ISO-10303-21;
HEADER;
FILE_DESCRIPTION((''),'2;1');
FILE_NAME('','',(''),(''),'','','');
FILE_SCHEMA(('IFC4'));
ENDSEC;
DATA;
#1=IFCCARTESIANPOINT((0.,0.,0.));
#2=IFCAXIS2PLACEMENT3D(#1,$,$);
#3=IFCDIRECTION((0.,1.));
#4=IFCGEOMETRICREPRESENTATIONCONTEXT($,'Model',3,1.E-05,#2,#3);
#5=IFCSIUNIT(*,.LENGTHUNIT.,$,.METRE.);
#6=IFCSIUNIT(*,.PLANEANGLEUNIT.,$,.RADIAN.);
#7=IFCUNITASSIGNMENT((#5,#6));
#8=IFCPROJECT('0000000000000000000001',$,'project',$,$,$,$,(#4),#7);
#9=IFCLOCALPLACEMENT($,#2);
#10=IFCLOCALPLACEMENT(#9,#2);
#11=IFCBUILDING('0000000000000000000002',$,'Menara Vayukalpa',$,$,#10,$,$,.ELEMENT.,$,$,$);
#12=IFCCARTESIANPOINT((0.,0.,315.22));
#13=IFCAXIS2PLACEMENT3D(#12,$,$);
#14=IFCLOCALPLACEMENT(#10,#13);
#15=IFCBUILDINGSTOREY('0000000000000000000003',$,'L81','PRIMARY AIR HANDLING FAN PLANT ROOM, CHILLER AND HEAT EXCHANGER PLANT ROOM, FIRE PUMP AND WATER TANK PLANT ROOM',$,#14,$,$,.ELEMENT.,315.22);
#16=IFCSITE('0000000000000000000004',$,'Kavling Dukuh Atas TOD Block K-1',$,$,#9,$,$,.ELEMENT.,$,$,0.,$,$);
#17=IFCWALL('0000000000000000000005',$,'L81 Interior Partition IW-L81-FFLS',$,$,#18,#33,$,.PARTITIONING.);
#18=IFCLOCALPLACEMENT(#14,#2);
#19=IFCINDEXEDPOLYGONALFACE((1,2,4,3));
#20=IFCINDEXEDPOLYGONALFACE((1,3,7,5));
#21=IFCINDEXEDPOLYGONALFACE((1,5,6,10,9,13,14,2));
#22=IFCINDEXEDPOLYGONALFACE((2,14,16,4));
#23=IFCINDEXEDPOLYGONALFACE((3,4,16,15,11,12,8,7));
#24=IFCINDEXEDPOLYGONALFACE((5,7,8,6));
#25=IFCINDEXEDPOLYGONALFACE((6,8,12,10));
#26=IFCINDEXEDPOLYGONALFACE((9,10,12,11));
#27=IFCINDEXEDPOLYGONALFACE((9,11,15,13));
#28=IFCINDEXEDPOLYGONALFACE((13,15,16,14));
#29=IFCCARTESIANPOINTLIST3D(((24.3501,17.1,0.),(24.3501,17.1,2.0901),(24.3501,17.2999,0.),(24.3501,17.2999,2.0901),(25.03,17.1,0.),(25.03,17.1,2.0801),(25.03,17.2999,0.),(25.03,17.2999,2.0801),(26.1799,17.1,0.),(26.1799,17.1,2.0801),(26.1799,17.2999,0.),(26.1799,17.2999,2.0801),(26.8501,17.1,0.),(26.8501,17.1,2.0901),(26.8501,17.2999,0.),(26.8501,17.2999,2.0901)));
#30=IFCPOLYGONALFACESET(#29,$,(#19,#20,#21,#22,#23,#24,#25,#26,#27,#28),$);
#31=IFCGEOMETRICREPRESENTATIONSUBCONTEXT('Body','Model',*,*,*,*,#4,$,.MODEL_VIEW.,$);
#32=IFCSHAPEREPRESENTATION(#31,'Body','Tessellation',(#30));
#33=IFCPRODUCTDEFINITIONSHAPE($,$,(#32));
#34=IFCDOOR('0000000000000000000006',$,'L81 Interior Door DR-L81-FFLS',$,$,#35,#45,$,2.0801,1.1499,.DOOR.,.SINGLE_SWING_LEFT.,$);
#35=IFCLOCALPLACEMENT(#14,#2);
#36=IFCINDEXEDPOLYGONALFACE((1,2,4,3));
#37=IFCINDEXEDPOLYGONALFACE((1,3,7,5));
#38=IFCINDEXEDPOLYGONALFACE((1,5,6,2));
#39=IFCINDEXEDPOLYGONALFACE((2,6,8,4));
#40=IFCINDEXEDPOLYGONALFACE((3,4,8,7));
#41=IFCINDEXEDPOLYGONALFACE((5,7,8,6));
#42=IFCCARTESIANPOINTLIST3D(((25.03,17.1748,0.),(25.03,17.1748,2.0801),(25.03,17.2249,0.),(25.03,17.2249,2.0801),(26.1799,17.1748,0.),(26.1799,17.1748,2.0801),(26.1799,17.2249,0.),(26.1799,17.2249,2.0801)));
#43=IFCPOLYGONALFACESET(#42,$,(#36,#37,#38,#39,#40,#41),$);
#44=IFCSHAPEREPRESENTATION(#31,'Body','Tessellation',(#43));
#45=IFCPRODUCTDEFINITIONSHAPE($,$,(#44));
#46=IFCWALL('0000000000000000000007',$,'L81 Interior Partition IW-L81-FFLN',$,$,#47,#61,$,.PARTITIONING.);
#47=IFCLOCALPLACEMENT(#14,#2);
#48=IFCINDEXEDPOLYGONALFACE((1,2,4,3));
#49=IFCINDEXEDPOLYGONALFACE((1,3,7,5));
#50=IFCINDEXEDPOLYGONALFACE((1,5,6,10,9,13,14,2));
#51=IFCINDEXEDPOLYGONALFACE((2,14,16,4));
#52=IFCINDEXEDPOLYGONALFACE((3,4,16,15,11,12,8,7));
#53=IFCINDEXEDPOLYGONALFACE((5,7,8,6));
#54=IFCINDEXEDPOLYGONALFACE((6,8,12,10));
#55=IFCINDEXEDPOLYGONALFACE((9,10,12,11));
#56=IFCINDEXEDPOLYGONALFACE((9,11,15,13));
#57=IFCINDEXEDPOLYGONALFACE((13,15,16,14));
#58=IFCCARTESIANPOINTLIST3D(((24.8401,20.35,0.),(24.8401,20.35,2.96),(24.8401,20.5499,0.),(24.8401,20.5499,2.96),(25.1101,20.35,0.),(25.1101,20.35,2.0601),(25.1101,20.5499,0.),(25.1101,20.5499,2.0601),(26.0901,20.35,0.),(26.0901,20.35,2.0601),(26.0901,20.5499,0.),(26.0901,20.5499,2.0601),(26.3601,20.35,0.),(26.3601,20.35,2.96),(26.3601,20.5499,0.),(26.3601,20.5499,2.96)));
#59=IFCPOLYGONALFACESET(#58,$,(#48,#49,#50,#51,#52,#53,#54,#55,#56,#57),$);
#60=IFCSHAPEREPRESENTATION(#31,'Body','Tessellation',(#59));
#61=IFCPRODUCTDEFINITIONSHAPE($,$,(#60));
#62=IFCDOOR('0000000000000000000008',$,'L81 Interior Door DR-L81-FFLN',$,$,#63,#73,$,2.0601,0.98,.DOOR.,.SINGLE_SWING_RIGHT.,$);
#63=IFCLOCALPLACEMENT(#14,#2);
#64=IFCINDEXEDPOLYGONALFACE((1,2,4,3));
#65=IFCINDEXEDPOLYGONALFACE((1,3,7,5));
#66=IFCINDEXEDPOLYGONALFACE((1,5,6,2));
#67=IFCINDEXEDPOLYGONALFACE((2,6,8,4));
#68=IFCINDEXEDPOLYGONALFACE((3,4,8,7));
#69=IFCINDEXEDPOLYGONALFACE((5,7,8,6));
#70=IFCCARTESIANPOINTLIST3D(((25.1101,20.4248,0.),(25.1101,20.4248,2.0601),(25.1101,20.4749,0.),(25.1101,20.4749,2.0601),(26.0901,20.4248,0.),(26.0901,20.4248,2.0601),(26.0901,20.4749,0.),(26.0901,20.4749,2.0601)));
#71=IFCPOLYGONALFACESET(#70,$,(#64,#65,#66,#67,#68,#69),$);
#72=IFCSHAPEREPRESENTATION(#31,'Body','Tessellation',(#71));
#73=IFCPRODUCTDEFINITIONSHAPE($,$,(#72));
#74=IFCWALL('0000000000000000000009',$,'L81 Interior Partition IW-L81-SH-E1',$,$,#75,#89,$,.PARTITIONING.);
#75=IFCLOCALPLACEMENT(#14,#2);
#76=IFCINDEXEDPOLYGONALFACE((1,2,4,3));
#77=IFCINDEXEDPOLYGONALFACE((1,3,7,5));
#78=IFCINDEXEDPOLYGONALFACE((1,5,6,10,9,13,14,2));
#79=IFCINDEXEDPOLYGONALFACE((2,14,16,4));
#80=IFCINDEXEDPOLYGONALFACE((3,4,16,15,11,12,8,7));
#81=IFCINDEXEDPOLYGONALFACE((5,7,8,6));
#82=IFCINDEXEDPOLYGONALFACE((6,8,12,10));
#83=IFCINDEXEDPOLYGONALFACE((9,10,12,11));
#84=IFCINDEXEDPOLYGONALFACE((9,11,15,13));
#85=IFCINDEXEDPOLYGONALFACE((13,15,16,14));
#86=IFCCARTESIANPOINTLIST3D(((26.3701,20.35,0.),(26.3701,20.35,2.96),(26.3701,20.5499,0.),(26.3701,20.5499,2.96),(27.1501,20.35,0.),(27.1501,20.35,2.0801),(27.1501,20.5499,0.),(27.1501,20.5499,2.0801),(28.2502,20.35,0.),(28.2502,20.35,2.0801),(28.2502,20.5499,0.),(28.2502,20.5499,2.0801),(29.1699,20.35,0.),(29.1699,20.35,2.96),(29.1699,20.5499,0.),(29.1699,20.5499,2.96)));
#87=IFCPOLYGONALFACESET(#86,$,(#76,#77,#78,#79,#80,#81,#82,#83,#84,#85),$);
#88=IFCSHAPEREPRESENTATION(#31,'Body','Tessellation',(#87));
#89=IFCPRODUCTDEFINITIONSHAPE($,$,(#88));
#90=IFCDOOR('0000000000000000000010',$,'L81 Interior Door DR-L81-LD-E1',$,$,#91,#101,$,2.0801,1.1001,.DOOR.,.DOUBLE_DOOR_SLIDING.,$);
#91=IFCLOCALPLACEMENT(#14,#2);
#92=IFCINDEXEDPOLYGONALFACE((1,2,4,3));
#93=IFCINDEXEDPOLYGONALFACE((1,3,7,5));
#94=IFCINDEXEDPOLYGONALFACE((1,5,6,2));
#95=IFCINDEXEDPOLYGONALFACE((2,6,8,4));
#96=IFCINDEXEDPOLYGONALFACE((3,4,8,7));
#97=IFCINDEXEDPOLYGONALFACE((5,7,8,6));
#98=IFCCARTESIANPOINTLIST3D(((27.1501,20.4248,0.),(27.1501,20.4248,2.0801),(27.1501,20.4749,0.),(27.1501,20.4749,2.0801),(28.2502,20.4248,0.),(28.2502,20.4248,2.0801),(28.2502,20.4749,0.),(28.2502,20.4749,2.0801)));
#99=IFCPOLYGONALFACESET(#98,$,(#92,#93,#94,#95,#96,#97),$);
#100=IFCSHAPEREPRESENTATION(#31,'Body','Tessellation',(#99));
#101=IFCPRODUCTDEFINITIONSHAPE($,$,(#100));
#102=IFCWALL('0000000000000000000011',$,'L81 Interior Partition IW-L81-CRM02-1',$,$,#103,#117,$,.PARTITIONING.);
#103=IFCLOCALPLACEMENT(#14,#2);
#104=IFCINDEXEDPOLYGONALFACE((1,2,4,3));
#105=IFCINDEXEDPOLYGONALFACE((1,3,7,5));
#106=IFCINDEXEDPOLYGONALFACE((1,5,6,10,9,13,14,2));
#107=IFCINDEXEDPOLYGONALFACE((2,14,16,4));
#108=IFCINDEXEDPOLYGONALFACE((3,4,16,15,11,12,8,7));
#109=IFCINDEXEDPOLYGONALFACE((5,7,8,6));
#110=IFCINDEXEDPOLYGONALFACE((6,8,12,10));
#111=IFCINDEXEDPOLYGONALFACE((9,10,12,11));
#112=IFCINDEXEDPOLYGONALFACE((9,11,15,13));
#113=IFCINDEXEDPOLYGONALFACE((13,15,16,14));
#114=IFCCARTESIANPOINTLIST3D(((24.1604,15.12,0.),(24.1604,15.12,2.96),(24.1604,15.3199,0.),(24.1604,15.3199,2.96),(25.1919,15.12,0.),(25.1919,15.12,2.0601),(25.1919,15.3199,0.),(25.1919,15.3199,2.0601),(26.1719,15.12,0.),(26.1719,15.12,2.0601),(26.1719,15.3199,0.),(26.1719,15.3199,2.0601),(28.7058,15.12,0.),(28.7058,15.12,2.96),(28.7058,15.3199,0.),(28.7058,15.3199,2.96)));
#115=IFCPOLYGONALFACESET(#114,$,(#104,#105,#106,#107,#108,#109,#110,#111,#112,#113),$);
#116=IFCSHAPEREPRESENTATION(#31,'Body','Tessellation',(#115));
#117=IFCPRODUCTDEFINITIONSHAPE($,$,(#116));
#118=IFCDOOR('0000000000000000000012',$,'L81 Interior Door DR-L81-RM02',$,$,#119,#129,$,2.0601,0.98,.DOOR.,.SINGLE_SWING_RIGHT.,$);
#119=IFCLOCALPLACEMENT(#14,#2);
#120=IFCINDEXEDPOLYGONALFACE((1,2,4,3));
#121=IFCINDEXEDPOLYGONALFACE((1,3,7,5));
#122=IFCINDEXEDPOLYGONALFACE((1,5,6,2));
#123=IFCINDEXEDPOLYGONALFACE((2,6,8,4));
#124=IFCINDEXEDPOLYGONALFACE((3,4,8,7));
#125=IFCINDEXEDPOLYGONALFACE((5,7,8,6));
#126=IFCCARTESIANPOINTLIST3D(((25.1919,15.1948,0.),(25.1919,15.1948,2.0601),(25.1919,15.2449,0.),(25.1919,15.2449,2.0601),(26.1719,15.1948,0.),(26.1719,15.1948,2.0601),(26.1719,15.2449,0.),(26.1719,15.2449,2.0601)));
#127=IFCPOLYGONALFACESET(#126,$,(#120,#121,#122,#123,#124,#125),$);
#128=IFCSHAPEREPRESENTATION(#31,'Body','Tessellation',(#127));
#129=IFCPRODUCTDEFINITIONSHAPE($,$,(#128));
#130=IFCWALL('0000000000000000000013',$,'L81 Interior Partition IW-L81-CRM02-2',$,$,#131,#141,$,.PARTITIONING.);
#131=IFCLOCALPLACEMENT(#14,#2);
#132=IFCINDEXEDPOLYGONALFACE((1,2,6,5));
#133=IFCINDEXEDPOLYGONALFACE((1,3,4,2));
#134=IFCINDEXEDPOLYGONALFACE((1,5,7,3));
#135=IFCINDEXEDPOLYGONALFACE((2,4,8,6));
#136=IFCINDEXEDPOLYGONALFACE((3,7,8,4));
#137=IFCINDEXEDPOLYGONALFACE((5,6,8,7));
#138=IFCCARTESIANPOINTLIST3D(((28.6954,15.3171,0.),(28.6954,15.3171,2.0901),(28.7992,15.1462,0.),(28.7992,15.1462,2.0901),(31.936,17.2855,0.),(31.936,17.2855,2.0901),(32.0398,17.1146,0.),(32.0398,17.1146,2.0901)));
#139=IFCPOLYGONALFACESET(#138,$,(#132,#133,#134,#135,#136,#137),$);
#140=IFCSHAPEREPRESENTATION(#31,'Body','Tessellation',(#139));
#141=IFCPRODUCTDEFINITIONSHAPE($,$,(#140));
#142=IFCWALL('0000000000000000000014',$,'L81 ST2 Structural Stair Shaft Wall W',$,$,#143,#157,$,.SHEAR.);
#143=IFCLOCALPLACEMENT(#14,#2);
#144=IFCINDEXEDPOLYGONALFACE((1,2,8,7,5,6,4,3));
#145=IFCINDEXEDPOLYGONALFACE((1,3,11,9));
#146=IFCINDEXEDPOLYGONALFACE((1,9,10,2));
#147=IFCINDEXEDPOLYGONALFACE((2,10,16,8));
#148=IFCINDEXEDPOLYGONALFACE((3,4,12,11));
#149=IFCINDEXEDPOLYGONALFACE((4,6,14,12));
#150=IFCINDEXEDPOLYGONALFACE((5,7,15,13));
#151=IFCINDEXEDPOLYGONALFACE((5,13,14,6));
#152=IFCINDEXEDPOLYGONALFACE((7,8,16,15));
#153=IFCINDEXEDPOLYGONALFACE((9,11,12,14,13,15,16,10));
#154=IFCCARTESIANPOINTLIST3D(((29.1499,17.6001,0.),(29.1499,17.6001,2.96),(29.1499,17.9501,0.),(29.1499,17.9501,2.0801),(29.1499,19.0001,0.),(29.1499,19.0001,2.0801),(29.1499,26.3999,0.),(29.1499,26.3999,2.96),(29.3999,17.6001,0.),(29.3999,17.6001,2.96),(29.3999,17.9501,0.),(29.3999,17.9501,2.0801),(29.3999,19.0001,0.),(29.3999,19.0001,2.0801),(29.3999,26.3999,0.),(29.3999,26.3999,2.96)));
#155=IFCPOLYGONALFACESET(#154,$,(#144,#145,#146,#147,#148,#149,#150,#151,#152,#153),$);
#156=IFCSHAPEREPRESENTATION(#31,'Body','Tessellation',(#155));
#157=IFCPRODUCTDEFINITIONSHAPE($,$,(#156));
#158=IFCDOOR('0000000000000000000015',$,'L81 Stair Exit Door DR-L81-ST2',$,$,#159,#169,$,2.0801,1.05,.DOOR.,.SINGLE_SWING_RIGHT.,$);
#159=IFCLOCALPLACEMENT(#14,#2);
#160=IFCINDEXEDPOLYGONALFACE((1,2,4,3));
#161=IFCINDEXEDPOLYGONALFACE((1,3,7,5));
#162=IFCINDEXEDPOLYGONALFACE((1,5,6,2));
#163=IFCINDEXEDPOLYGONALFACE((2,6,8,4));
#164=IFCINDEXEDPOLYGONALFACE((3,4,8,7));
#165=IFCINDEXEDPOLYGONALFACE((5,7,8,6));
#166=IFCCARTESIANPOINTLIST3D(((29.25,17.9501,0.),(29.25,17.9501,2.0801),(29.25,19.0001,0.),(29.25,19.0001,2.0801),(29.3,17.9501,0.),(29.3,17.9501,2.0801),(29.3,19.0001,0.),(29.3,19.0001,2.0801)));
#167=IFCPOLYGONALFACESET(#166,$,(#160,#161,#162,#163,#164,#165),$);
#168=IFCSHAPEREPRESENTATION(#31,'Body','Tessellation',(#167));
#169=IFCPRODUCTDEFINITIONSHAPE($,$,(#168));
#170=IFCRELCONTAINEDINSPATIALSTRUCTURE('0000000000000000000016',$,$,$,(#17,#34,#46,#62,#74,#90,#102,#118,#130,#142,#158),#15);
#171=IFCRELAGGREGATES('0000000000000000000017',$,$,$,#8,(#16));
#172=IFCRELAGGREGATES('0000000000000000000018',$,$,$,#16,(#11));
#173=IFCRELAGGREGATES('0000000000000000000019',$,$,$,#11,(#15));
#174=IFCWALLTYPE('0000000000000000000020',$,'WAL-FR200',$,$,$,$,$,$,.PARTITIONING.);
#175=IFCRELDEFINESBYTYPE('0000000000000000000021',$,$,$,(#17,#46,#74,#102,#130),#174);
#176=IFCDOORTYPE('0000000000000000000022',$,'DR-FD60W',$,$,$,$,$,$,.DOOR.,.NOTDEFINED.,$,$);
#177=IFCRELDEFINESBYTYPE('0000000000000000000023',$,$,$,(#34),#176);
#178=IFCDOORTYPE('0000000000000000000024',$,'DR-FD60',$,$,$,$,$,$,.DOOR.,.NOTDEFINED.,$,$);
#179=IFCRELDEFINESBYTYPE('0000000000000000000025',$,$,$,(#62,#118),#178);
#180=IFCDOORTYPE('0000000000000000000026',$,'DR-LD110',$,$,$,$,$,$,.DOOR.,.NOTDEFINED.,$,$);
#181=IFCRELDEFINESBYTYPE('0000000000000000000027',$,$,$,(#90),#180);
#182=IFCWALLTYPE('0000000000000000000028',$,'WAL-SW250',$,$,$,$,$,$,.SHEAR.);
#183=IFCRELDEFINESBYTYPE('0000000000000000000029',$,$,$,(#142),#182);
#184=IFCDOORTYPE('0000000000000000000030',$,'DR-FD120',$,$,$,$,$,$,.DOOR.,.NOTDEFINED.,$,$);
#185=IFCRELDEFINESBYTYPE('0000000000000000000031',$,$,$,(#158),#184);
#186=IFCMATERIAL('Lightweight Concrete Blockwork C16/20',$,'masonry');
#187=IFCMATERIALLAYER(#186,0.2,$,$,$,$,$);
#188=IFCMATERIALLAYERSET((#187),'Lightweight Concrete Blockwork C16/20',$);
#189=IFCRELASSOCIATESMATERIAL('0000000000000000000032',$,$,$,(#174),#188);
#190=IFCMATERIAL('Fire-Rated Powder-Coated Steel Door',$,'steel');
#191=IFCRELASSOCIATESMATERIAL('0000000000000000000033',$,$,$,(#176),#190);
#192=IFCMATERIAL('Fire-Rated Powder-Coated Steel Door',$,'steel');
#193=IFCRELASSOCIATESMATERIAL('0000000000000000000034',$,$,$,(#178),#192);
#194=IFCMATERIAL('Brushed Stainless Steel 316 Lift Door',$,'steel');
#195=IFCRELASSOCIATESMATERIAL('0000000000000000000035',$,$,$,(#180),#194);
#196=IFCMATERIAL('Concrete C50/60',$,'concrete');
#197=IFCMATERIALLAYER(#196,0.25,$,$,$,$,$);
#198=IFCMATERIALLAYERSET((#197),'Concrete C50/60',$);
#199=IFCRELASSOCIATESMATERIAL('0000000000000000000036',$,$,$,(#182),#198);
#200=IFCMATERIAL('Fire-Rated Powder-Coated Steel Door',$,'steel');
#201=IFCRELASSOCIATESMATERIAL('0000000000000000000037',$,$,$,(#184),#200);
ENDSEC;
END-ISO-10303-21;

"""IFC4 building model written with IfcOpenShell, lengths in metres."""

from ifc_helpers import new_model, si_unit, direction, frame, frame_2d, origin, place, context, subcontext, project, spatial, rectangle, extrude, material, layer, layer_set, type_object, element, fill, save


model = new_model("IFC4")

# Units and contexts
model_context = context("Model", 3, precision=1e-05, world=origin(), true_north=direction((0.0, 1.0)))
body_context = subcontext(model_context, "Body", "Model", "MODEL_VIEW")
ifc_project = project(units=[si_unit("LENGTHUNIT", "METRE"), si_unit("PLANEANGLEUNIT", "RADIAN")], contexts=[model_context])

# Site, building, storey
site_placement = place(None, origin())
site = spatial("IfcSite", under=ifc_project, at=site_placement, Name="Kavling Dukuh Atas TOD Block K-1", CompositionType="ELEMENT", RefElevation=0.0)
building_placement = place(site_placement, origin())
building = spatial("IfcBuilding", under=site, at=building_placement, Name="Menara Vayukalpa", CompositionType="ELEMENT")
storey_placement = place(building_placement, frame((0.0, 0.0, 315.22)))
storey = spatial("IfcBuildingStorey", under=building, at=storey_placement, Name="L81", Description="PRIMARY AIR HANDLING FAN PLANT ROOM, CHILLER AND HEAT EXCHANGER PLANT ROOM, FIRE PUMP AND WATER TANK PLANT ROOM", CompositionType="ELEMENT", Elevation=315.22)

# Walls, openings, doors
ifc_material_1 = material(Name="Lightweight Concrete Blockwork C16/20", Category="masonry")
ifc_layer_1 = layer(ifc_material_1, 0.2)
ifc_layer_set_1 = layer_set([ifc_layer_1], Name="Lightweight Concrete Blockwork C16/20")
wall_type_1 = type_object("IfcWallType", Name="WAL-FR200", PredefinedType="PARTITIONING", material=ifc_layer_set_1)
wall_1_placement = place(storey_placement, frame((24.3501, 17.2, 0.0), z_axis=(0.0, 0.0, 1.0), x_axis=(1.0, 0.0, 0.0)))
wall_1 = element("IfcWall", 1, at=wall_1_placement, inside=storey, type_object=wall_type_1, Name="L81 Interior Partition IW-L81-FFLS", PredefinedType="PARTITIONING", context=body_context, shape_type="SweptSolid", body=[
    extrude(rectangle(XDim=2.5, YDim=0.2, at=frame_2d((1.25, 0.0))), origin(), (0.0, 0.0, 1.0), 2.0901),
])
opening_1_placement = place(wall_1_placement, frame((0.6799, 0.0, 0.0)))
opening_1 = element("IfcOpeningElement", 2, at=opening_1_placement, cuts=wall_1, PredefinedType="OPENING", context=body_context, shape_type="SweptSolid", body=[
    extrude(rectangle(XDim=1.1499, YDim=2.0801, at=frame_2d((0.575, 1.04))), frame((0.0, 0.1099, 0.0), z_axis=(0.0, -1.0, 0.0), x_axis=(1.0, 0.0, 0.0)), (0.0, 0.0, 1.0), 0.22),
])
ifc_material_2 = material(Name="Fire-Rated Powder-Coated Steel Door", Category="steel")
door_type_1 = type_object("IfcDoorType", Name="DR-FD60W", OperationType="NOTDEFINED", PredefinedType="DOOR", material=ifc_material_2)
door_1_placement = place(opening_1_placement, origin())
door_1 = element("IfcDoor", 3, at=door_1_placement, inside=storey, type_object=door_type_1, Name="L81 Interior Door DR-L81-FFLS", OperationType="SINGLE_SWING_LEFT", OverallHeight=2.0801, OverallWidth=1.1499, PredefinedType="DOOR", context=body_context, shape_type="SweptSolid", body=[
    extrude(rectangle(XDim=1.1499, YDim=2.0801, at=frame_2d((0.575, 1.04))), frame((0.0, 0.0249, 0.0), z_axis=(0.0, -1.0, 0.0), x_axis=(1.0, 0.0, 0.0)), (0.0, 0.0, 1.0), 0.05),
])
fill(opening_1, door_1)
wall_2_placement = place(storey_placement, frame((24.8401, 20.45, 0.0), z_axis=(0.0, 0.0, 1.0), x_axis=(1.0, 0.0, 0.0)))
wall_2 = element("IfcWall", 4, at=wall_2_placement, inside=storey, type_object=wall_type_1, Name="L81 Interior Partition IW-L81-FFLN", PredefinedType="PARTITIONING", context=body_context, shape_type="SweptSolid", body=[
    extrude(rectangle(XDim=1.52, YDim=0.2, at=frame_2d((0.76, 0.0))), origin(), (0.0, 0.0, 1.0), 2.96),
])
opening_2_placement = place(wall_2_placement, frame((0.27, 0.0, 0.0)))
opening_2 = element("IfcOpeningElement", 5, at=opening_2_placement, cuts=wall_2, PredefinedType="OPENING", context=body_context, shape_type="SweptSolid", body=[
    extrude(rectangle(XDim=0.98, YDim=2.0601, at=frame_2d((0.49, 1.03))), frame((0.0, 0.1099, 0.0), z_axis=(0.0, -1.0, 0.0), x_axis=(1.0, 0.0, 0.0)), (0.0, 0.0, 1.0), 0.22),
])
ifc_material_3 = material(Name="Fire-Rated Powder-Coated Steel Door", Category="steel")
door_type_2 = type_object("IfcDoorType", Name="DR-FD60", OperationType="NOTDEFINED", PredefinedType="DOOR", material=ifc_material_3)
door_2_placement = place(opening_2_placement, origin())
door_2 = element("IfcDoor", 6, at=door_2_placement, inside=storey, type_object=door_type_2, Name="L81 Interior Door DR-L81-FFLN", OperationType="SINGLE_SWING_RIGHT", OverallHeight=2.0601, OverallWidth=0.98, PredefinedType="DOOR", context=body_context, shape_type="SweptSolid", body=[
    extrude(rectangle(XDim=0.98, YDim=2.0601, at=frame_2d((0.49, 1.03))), frame((0.0, 0.0249, 0.0), z_axis=(0.0, -1.0, 0.0), x_axis=(1.0, 0.0, 0.0)), (0.0, 0.0, 1.0), 0.05),
])
fill(opening_2, door_2)
wall_3_placement = place(storey_placement, frame((26.3701, 20.45, 0.0), z_axis=(0.0, 0.0, 1.0), x_axis=(1.0, 0.0, 0.0)))
wall_3 = element("IfcWall", 7, at=wall_3_placement, inside=storey, type_object=wall_type_1, Name="L81 Interior Partition IW-L81-SH-E1", PredefinedType="PARTITIONING", context=body_context, shape_type="SweptSolid", body=[
    extrude(rectangle(XDim=2.7998, YDim=0.2, at=frame_2d((1.3999, 0.0))), origin(), (0.0, 0.0, 1.0), 2.96),
])
opening_3_placement = place(wall_3_placement, frame((0.78, 0.0, 0.0)))
opening_3 = element("IfcOpeningElement", 8, at=opening_3_placement, cuts=wall_3, PredefinedType="OPENING", context=body_context, shape_type="SweptSolid", body=[
    extrude(rectangle(XDim=1.1001, YDim=2.0801, at=frame_2d((0.55, 1.04))), frame((0.0, 0.1099, 0.0), z_axis=(0.0, -1.0, 0.0), x_axis=(1.0, 0.0, 0.0)), (0.0, 0.0, 1.0), 0.22),
])
ifc_material_4 = material(Name="Brushed Stainless Steel 316 Lift Door", Category="steel")
door_type_3 = type_object("IfcDoorType", Name="DR-LD110", OperationType="NOTDEFINED", PredefinedType="DOOR", material=ifc_material_4)
door_3_placement = place(opening_3_placement, origin())
door_3 = element("IfcDoor", 9, at=door_3_placement, inside=storey, type_object=door_type_3, Name="L81 Interior Door DR-L81-LD-E1", OperationType="DOUBLE_DOOR_SLIDING", OverallHeight=2.0801, OverallWidth=1.1001, PredefinedType="DOOR", context=body_context, shape_type="SweptSolid", body=[
    extrude(rectangle(XDim=1.1001, YDim=2.0801, at=frame_2d((0.55, 1.04))), frame((0.0, 0.0249, 0.0), z_axis=(0.0, -1.0, 0.0), x_axis=(1.0, 0.0, 0.0)), (0.0, 0.0, 1.0), 0.05),
])
fill(opening_3, door_3)
wall_4_placement = place(storey_placement, frame((24.1604, 15.22, 0.0), z_axis=(0.0, 0.0, 1.0), x_axis=(1.0, 0.0, 0.0)))
wall_4 = element("IfcWall", 10, at=wall_4_placement, inside=storey, type_object=wall_type_1, Name="L81 Interior Partition IW-L81-CRM02-1", PredefinedType="PARTITIONING", context=body_context, shape_type="SweptSolid", body=[
    extrude(rectangle(XDim=4.5454, YDim=0.2, at=frame_2d((2.2727, 0.0))), origin(), (0.0, 0.0, 1.0), 2.96),
])
opening_4_placement = place(wall_4_placement, frame((1.0315, 0.0, 0.0)))
opening_4 = element("IfcOpeningElement", 11, at=opening_4_placement, cuts=wall_4, PredefinedType="OPENING", context=body_context, shape_type="SweptSolid", body=[
    extrude(rectangle(XDim=0.98, YDim=2.0601, at=frame_2d((0.49, 1.03))), frame((0.0, 0.1099, 0.0), z_axis=(0.0, -1.0, 0.0), x_axis=(1.0, 0.0, 0.0)), (0.0, 0.0, 1.0), 0.22),
])
door_4_placement = place(opening_4_placement, origin())
door_4 = element("IfcDoor", 12, at=door_4_placement, inside=storey, type_object=door_type_2, Name="L81 Interior Door DR-L81-RM02", OperationType="SINGLE_SWING_RIGHT", OverallHeight=2.0601, OverallWidth=0.98, PredefinedType="DOOR", context=body_context, shape_type="SweptSolid", body=[
    extrude(rectangle(XDim=0.98, YDim=2.0601, at=frame_2d((0.49, 1.03))), frame((0.0, 0.0249, 0.0), z_axis=(0.0, -1.0, 0.0), x_axis=(1.0, 0.0, 0.0)), (0.0, 0.0, 1.0), 0.05),
])
fill(opening_4, door_4)

# Wall
wall_5_placement = place(storey_placement, frame((28.7473, 15.2317, 0.0), z_axis=(0.0, 0.0, 1.0), x_axis=(0.854691, 0.519138, 0.0)))
element("IfcWall", 13, at=wall_5_placement, inside=storey, type_object=wall_type_1, Name="L81 Interior Partition IW-L81-CRM02-2", PredefinedType="PARTITIONING", context=body_context, shape_type="SweptSolid", body=[
    extrude(rectangle(XDim=3.7915, YDim=0.2, at=frame_2d((1.8958, 0.0))), origin(), (0.0, 0.0, 1.0), 2.0901),
])

# Wall, opening, door
ifc_material_5 = material(Name="Concrete C50/60", Category="concrete")
ifc_layer_2 = layer(ifc_material_5, 0.25)
ifc_layer_set_2 = layer_set([ifc_layer_2], Name="Concrete C50/60")
wall_type_2 = type_object("IfcWallType", Name="WAL-SW250", PredefinedType="SHEAR", material=ifc_layer_set_2)
wall_6_placement = place(storey_placement, frame((29.2749, 17.6001, 0.0), z_axis=(0.0, 0.0, 1.0), x_axis=(0.0, 1.0, 0.0)))
wall_6 = element("IfcWall", 14, at=wall_6_placement, inside=storey, type_object=wall_type_2, Name="L81 ST2 Structural Stair Shaft Wall W", PredefinedType="SHEAR", context=body_context, shape_type="SweptSolid", body=[
    extrude(rectangle(XDim=8.7998, YDim=0.25, at=frame_2d((4.3999, 0.0))), origin(), (0.0, 0.0, 1.0), 2.96),
])
opening_5_placement = place(wall_6_placement, frame((0.3501, 0.0, 0.0)))
opening_5 = element("IfcOpeningElement", 15, at=opening_5_placement, cuts=wall_6, PredefinedType="OPENING", context=body_context, shape_type="SweptSolid", body=[
    extrude(rectangle(XDim=1.05, YDim=2.0801, at=frame_2d((0.5249, 1.04))), frame((0.0, 0.135, 0.0), z_axis=(0.0, -1.0, 0.0), x_axis=(1.0, 0.0, 0.0)), (0.0, 0.0, 1.0), 0.27),
])
ifc_material_6 = material(Name="Fire-Rated Powder-Coated Steel Door", Category="steel")
door_type_4 = type_object("IfcDoorType", Name="DR-FD120", OperationType="NOTDEFINED", PredefinedType="DOOR", material=ifc_material_6)
door_5_placement = place(opening_5_placement, origin())
door_5 = element("IfcDoor", 16, at=door_5_placement, inside=storey, type_object=door_type_4, Name="L81 Stair Exit Door DR-L81-ST2", OperationType="SINGLE_SWING_RIGHT", OverallHeight=2.0801, OverallWidth=1.05, PredefinedType="DOOR", context=body_context, shape_type="SweptSolid", body=[
    extrude(rectangle(XDim=1.05, YDim=2.0801, at=frame_2d((0.5249, 1.04))), frame((0.0, 0.0249, 0.0), z_axis=(0.0, -1.0, 0.0), x_axis=(1.0, 0.0, 0.0)), (0.0, 0.0, 1.0), 0.05),
])
fill(opening_5, door_5)

save(model, "model.ifc")
